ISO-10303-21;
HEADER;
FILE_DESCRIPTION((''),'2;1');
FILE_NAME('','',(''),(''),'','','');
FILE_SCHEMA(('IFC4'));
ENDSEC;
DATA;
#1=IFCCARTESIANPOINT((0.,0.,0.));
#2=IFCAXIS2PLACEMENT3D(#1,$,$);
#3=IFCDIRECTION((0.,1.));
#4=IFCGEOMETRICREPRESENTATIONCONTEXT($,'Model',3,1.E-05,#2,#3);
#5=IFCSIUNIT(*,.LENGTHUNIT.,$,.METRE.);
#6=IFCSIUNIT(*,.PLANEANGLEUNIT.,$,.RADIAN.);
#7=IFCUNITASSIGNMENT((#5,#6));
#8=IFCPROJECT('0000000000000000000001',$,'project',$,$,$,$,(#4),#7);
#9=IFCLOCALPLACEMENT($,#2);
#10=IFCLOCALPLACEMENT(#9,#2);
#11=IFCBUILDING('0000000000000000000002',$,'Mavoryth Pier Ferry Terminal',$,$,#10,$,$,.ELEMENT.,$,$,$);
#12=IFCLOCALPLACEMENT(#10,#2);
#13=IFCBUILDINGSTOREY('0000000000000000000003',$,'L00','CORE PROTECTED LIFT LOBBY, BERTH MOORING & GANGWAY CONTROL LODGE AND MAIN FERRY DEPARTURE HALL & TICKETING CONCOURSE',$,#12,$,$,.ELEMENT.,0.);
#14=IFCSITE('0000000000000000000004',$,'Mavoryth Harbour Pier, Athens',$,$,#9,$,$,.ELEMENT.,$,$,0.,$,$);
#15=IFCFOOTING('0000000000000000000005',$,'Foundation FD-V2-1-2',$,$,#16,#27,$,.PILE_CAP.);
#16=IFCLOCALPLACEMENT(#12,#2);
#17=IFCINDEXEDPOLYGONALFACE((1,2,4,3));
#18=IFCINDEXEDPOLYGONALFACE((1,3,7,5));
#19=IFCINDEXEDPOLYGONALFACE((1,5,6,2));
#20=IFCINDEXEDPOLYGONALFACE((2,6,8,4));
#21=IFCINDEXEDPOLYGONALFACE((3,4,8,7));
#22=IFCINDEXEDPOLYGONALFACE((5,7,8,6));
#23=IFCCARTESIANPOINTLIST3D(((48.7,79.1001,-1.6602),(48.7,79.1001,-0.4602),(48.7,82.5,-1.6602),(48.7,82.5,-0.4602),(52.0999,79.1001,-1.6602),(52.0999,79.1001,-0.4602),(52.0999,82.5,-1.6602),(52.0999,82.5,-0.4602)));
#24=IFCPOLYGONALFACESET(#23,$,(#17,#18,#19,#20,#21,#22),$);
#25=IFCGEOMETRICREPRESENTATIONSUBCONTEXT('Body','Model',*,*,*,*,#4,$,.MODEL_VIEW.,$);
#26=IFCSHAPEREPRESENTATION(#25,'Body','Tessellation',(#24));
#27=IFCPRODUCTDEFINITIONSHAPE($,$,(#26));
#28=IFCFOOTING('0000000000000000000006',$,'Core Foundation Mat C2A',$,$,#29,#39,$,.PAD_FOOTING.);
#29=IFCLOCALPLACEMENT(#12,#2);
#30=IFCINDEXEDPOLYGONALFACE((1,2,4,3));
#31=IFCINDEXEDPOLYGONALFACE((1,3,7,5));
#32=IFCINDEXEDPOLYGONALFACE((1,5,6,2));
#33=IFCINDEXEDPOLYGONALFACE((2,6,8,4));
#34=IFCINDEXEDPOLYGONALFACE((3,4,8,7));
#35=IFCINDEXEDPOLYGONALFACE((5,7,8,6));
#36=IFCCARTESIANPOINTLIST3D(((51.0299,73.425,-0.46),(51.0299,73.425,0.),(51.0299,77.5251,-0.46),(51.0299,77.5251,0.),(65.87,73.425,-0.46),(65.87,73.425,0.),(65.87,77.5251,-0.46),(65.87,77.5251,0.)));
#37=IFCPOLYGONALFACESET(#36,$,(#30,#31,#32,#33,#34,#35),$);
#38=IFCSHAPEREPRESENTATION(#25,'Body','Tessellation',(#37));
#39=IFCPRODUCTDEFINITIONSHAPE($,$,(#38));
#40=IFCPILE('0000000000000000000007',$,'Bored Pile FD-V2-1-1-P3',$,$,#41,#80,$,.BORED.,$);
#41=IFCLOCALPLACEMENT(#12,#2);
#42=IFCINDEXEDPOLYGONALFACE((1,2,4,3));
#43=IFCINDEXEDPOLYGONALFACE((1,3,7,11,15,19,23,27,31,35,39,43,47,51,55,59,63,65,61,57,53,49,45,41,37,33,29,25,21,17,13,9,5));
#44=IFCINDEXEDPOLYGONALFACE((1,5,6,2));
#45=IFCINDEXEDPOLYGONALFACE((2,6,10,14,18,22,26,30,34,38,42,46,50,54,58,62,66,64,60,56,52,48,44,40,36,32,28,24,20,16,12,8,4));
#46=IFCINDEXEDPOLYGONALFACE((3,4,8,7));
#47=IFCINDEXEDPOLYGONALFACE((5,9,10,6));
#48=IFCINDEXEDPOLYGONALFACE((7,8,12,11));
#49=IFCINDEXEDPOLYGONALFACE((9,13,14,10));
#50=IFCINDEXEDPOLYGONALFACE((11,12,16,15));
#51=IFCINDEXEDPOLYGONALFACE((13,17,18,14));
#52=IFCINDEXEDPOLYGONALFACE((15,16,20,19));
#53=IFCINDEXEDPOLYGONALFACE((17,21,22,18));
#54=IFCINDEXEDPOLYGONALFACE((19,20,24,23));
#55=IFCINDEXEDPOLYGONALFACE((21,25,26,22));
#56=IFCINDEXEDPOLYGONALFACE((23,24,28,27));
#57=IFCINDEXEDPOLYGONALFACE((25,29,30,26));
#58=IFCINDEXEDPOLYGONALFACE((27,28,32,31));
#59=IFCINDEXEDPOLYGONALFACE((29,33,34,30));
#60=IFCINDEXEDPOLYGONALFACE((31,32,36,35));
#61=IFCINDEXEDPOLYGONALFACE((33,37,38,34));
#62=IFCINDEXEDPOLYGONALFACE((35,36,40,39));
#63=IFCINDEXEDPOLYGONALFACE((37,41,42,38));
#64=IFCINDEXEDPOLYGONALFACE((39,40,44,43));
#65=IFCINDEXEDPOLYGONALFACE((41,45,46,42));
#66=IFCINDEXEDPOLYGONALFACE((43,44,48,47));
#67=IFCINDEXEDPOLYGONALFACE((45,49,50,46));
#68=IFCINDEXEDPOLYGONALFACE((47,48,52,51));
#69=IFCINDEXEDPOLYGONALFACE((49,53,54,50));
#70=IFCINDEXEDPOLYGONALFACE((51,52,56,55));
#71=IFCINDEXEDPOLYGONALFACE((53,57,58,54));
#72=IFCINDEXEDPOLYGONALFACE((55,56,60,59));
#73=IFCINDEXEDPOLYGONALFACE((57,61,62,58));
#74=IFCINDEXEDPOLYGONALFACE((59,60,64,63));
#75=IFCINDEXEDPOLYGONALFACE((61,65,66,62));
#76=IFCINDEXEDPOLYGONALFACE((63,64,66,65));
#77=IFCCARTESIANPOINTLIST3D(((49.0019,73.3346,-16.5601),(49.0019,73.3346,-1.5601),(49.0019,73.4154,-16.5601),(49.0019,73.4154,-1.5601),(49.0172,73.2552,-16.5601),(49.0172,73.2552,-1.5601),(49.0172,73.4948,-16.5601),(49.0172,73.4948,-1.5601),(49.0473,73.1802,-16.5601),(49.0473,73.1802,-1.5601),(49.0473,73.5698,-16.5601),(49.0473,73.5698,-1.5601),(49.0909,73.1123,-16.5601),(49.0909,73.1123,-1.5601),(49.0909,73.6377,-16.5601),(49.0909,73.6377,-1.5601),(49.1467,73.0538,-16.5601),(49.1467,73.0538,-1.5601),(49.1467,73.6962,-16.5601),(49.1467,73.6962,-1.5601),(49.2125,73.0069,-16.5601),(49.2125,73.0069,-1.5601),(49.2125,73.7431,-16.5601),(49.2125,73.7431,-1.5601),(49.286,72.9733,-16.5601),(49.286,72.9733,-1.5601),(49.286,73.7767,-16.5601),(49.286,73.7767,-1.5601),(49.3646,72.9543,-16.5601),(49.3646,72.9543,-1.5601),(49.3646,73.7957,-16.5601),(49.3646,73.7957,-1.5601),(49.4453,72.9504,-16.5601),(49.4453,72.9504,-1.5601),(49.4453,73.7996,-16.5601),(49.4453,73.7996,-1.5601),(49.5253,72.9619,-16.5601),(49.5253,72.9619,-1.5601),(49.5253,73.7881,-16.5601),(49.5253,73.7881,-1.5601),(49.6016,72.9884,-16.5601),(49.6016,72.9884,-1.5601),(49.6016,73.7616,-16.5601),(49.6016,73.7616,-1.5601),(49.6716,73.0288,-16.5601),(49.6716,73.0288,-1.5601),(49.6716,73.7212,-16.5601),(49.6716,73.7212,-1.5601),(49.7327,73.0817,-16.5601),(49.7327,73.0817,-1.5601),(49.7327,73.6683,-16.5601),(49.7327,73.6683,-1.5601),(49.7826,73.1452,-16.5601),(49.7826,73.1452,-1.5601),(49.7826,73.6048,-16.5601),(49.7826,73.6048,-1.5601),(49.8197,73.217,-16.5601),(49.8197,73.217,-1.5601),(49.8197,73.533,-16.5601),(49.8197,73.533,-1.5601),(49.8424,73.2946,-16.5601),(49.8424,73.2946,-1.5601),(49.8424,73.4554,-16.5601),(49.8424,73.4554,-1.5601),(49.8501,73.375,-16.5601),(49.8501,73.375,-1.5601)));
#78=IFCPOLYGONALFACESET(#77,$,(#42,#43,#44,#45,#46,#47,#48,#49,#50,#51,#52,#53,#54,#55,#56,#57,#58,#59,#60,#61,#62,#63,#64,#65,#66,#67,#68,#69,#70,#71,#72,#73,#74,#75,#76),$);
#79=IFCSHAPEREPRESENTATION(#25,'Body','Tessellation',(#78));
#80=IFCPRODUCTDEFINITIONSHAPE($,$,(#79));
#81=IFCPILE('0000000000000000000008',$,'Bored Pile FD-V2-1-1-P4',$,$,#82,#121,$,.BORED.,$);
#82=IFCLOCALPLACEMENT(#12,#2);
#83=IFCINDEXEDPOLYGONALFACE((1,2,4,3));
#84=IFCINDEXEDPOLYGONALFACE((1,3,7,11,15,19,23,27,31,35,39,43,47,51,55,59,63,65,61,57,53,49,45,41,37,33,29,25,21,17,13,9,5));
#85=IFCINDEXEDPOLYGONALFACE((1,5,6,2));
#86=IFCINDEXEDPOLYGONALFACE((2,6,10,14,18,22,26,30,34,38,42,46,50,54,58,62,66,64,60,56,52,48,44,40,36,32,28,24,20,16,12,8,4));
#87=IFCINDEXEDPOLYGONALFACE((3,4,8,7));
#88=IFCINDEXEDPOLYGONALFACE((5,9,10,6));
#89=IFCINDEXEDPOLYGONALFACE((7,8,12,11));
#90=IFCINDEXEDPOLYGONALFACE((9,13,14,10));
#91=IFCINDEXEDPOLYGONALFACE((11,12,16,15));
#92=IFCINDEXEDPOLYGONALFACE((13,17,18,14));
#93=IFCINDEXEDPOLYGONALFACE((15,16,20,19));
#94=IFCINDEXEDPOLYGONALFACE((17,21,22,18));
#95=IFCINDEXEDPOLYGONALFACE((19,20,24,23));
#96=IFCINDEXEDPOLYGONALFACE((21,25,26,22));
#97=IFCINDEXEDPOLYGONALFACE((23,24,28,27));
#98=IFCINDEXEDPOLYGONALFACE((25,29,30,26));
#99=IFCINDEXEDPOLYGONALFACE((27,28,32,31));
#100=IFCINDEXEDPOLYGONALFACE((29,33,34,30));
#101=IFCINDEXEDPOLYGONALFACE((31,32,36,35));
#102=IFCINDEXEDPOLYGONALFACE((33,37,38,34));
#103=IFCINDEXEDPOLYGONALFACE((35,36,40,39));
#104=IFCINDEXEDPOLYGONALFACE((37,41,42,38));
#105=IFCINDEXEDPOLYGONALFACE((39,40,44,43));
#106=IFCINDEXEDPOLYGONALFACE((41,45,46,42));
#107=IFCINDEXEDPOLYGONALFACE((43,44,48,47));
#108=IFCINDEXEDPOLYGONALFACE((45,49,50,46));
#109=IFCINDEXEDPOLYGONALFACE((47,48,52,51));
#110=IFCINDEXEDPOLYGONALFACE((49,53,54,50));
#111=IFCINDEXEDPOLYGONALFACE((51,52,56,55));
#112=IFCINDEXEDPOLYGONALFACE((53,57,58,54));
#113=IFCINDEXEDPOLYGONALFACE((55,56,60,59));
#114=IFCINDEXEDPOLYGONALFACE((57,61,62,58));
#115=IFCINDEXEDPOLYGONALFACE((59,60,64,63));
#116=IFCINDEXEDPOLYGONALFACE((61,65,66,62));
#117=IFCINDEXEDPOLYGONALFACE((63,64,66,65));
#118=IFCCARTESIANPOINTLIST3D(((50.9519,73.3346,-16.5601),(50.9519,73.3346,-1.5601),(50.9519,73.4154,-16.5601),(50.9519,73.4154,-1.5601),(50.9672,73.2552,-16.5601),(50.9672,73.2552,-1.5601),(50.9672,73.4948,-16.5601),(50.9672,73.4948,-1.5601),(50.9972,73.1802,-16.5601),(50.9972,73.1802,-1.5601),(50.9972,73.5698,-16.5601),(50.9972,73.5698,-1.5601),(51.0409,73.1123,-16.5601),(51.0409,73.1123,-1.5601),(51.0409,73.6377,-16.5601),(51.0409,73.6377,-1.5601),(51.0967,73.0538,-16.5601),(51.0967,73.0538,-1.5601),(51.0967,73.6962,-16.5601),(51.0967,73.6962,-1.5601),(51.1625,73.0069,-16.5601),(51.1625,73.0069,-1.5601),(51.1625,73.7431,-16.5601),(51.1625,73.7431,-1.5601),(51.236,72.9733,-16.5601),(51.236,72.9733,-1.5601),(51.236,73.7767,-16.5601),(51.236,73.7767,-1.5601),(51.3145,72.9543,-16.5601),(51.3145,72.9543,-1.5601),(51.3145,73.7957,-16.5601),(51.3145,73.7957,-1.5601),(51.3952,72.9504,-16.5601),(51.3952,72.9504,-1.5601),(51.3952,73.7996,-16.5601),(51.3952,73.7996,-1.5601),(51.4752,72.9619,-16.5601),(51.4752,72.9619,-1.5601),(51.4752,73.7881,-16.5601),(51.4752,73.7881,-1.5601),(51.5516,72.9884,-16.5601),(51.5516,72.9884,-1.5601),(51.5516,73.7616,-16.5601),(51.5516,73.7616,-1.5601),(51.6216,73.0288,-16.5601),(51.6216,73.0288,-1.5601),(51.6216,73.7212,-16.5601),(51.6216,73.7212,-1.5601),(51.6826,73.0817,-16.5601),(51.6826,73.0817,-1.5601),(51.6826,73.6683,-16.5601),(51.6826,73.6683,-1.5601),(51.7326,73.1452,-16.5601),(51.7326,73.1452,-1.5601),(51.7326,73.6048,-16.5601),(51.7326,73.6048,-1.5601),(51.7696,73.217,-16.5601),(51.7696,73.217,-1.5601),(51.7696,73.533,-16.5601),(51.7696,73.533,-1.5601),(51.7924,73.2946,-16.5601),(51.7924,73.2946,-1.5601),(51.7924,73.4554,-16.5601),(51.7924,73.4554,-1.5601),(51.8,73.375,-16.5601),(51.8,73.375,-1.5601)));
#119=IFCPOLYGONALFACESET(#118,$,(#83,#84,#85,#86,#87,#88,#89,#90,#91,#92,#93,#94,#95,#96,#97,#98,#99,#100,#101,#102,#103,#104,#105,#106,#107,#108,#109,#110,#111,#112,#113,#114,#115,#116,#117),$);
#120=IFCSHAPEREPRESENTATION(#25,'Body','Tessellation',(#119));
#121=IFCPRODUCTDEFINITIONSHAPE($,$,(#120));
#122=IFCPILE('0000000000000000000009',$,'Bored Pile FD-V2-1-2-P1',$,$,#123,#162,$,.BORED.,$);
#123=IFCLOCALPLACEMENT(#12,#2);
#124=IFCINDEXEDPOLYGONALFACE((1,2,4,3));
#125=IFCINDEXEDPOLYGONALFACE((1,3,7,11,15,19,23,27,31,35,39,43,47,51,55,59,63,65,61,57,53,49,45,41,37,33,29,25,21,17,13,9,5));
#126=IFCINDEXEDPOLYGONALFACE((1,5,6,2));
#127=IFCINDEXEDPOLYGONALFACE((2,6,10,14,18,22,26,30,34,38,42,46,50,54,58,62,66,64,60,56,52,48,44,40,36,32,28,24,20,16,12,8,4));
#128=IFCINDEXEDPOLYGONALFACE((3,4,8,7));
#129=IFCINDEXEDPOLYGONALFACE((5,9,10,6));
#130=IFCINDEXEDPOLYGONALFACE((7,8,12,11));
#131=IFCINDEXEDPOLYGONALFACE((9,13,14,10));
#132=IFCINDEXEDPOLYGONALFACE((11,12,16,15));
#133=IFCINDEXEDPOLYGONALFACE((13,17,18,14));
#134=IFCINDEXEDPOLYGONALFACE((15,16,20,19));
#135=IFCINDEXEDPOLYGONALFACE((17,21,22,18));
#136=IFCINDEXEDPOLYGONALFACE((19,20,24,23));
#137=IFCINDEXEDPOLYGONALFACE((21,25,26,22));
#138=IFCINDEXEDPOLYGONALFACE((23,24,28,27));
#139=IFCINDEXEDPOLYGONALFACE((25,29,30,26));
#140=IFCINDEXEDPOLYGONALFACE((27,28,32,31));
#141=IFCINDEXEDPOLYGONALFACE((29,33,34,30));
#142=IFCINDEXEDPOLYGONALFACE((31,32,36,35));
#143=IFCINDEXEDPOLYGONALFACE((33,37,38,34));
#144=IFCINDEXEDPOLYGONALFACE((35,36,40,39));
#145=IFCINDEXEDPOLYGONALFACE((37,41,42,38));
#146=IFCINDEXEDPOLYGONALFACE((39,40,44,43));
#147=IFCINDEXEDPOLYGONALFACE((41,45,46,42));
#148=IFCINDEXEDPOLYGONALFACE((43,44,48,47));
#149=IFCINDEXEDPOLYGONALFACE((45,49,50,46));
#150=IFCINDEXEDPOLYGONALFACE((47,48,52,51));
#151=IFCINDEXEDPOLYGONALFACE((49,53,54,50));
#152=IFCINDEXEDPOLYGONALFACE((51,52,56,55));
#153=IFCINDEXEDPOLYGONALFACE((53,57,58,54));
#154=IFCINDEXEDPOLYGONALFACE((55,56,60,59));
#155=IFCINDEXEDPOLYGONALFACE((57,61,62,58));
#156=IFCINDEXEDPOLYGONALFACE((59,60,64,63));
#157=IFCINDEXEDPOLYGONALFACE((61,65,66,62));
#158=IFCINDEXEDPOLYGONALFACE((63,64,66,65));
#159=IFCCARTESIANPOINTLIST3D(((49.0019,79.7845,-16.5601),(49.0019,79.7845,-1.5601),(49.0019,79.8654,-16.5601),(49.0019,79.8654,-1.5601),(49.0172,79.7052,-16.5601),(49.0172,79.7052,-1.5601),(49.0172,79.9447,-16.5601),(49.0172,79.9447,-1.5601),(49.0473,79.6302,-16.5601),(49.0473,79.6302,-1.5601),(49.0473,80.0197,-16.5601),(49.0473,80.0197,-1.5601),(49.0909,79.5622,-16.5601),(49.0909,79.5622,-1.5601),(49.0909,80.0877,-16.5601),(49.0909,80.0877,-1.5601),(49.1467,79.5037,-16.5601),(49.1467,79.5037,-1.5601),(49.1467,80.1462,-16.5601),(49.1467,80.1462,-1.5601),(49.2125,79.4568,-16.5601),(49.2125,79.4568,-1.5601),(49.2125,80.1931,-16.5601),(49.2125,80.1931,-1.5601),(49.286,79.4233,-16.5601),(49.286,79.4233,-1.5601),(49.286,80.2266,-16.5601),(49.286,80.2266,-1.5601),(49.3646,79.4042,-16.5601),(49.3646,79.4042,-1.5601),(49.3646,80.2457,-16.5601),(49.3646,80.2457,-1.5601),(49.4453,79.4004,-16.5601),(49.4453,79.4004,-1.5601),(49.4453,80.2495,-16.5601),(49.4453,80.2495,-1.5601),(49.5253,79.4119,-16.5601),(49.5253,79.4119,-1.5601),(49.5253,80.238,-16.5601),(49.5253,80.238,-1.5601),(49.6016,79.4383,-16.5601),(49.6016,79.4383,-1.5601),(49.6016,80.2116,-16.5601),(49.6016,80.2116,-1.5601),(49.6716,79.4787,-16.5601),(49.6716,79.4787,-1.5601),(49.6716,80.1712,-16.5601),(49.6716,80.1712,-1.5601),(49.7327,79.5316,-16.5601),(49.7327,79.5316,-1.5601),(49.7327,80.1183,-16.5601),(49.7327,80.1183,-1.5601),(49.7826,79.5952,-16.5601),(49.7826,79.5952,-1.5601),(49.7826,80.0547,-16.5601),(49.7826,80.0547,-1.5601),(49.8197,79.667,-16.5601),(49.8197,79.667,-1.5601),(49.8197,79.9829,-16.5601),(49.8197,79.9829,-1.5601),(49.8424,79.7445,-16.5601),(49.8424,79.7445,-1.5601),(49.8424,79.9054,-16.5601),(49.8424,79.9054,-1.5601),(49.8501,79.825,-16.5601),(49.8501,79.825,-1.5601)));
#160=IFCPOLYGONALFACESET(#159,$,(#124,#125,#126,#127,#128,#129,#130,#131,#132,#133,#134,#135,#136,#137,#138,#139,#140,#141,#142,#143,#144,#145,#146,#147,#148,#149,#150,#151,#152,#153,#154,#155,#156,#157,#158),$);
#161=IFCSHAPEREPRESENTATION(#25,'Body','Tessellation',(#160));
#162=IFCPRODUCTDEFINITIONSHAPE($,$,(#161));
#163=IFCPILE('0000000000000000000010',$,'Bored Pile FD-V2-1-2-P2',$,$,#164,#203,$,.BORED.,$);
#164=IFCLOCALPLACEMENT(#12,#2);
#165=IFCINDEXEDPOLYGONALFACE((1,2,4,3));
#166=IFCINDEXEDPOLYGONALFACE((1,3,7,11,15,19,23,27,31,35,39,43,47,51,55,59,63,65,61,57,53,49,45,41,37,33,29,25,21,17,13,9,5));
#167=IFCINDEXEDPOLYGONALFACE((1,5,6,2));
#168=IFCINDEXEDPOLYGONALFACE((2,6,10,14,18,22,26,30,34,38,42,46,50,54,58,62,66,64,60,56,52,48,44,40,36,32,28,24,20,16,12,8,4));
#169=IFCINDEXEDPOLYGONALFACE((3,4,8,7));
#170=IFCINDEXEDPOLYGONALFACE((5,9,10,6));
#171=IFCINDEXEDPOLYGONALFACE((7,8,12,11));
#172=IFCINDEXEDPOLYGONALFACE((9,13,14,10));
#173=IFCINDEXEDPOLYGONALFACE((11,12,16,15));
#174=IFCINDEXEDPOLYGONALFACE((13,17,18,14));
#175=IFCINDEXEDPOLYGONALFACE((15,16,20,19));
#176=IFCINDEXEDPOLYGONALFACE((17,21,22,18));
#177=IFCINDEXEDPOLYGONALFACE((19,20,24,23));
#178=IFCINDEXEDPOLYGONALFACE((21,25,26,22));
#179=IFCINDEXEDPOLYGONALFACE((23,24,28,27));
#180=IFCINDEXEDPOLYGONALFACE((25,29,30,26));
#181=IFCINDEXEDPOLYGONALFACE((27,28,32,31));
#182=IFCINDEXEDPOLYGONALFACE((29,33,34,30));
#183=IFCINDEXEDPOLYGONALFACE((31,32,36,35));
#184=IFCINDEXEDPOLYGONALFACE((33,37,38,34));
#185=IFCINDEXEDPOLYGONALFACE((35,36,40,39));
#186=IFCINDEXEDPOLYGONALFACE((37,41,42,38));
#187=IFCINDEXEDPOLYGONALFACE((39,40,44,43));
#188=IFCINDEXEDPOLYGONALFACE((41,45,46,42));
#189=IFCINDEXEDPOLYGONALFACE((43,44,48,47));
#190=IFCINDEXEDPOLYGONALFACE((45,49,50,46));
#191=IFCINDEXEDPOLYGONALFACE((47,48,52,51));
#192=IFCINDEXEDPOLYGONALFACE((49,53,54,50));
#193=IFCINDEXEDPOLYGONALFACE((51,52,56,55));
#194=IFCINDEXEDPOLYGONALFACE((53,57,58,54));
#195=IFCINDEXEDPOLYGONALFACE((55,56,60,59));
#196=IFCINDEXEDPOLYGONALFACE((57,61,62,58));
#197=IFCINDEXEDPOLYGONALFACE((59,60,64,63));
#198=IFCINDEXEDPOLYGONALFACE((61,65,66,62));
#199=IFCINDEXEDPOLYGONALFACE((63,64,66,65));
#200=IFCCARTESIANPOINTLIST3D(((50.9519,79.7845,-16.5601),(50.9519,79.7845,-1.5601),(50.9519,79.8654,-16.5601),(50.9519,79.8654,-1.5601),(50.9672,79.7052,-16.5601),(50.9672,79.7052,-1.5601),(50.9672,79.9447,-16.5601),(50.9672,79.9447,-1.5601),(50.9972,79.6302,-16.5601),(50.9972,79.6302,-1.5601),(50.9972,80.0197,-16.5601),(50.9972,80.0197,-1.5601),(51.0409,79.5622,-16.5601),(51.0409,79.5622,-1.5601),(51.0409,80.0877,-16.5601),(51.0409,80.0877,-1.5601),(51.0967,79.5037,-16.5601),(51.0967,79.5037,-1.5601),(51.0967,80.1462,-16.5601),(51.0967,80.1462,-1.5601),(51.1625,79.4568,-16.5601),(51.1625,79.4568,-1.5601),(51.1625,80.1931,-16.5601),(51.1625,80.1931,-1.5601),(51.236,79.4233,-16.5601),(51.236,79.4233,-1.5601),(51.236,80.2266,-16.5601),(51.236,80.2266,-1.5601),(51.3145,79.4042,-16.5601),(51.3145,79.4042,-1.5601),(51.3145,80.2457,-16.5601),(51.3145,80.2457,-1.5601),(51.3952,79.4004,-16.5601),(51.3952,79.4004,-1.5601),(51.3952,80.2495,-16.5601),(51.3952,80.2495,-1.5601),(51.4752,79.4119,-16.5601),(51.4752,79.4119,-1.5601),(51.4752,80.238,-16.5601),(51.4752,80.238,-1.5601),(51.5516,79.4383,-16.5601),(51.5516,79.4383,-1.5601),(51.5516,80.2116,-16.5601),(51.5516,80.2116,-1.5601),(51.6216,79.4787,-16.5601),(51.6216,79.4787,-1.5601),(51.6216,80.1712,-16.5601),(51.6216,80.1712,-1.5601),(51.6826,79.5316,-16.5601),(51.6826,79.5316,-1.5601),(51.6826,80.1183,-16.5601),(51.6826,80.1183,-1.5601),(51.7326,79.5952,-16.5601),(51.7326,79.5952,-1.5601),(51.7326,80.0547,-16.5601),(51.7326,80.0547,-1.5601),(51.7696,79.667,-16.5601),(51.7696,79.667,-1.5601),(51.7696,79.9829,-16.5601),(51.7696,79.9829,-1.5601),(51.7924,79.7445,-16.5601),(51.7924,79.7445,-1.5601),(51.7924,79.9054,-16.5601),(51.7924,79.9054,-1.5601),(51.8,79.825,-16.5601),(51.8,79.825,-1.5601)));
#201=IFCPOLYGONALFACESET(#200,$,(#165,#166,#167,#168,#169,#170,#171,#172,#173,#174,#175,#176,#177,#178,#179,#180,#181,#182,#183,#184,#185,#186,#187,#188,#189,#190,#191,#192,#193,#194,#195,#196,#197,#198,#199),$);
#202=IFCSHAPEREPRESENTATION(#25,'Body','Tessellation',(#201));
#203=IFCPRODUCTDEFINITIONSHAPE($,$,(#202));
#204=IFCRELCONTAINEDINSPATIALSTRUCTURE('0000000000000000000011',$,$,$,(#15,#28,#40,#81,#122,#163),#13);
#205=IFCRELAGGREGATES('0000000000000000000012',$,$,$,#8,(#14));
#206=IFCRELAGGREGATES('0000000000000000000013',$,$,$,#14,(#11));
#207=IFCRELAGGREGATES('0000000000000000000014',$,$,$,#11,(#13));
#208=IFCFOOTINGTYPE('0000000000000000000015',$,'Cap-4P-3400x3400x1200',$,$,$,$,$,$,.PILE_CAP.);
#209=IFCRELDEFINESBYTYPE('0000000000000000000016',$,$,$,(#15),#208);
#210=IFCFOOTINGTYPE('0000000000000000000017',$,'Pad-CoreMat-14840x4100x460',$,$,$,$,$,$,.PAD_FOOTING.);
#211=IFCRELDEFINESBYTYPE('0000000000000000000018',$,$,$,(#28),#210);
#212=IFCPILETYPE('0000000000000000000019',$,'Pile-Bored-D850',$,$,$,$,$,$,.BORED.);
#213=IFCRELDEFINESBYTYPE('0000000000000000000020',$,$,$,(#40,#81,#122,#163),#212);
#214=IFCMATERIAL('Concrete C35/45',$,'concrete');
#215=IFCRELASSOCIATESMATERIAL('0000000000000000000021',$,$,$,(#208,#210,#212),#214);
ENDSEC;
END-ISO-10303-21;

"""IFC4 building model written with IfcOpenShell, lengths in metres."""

from ifc_helpers import new_model, si_unit, direction, frame, origin, origin_2d, place, context, subcontext, project, spatial, rectangle, circle, extrude, material, material_profile, profile_set, type_object, element, save


model = new_model("IFC4")

# Units and contexts
model_context = context("Model", 3, precision=1e-05, world=origin(), true_north=direction((0.0, 1.0)))
body_context = subcontext(model_context, "Body", "Model", "MODEL_VIEW")
ifc_project = project(units=[si_unit("LENGTHUNIT", "METRE"), si_unit("PLANEANGLEUNIT", "RADIAN")], contexts=[model_context])

# Site, building, storey
site_placement = place(None, origin())
site = spatial("IfcSite", under=ifc_project, at=site_placement, Name="Mavoryth Harbour Pier, Athens", CompositionType="ELEMENT", RefElevation=0.0)
building_placement = place(site_placement, origin())
building = spatial("IfcBuilding", under=site, at=building_placement, Name="Mavoryth Pier Ferry Terminal", CompositionType="ELEMENT")
storey_placement = place(building_placement, origin())
storey = spatial("IfcBuildingStorey", under=building, at=storey_placement, Name="L00", Description="CORE PROTECTED LIFT LOBBY, BERTH MOORING & GANGWAY CONTROL LODGE AND MAIN FERRY DEPARTURE HALL & TICKETING CONCOURSE", CompositionType="ELEMENT", Elevation=0.0)

# Footings
ifc_material_1 = material(Name="Concrete C35/45", Category="concrete")
footing_type_1 = type_object("IfcFootingType", Name="Cap-4P-3400x3400x1200", PredefinedType="PILE_CAP", material=ifc_material_1)
footing_1_placement = place(storey_placement, frame((50.3999, 80.8, -1.6602), z_axis=(0.0, 0.0, 1.0), x_axis=(1.0, 0.0, 0.0)))
element("IfcFooting", 1, at=footing_1_placement, inside=storey, type_object=footing_type_1, Name="Foundation FD-V2-1-2", PredefinedType="PILE_CAP", context=body_context, shape_type="SweptSolid", body=[
    extrude(rectangle(XDim=3.3999, YDim=3.3999, at=origin_2d()), origin(), (0.0, 0.0, 1.0), 1.2),
])
footing_type_2 = type_object("IfcFootingType", Name="Pad-CoreMat-14840x4100x460", PredefinedType="PAD_FOOTING", material=ifc_material_1)
footing_2_placement = place(storey_placement, frame((58.45, 75.4751, -0.46), z_axis=(0.0, 0.0, 1.0), x_axis=(1.0, 0.0, 0.0)))
element("IfcFooting", 2, at=footing_2_placement, inside=storey, type_object=footing_type_2, Name="Core Foundation Mat C2A", PredefinedType="PAD_FOOTING", context=body_context, shape_type="SweptSolid", body=[
    extrude(rectangle(XDim=14.8401, YDim=4.1001, at=origin_2d()), origin(), (0.0, 0.0, 1.0), 0.46),
])

# Piles
ifc_material_profile_1 = material_profile(ifc_material_1, circle(Radius=0.425, at=origin_2d()), Name="PILE D850", Category="concrete")
ifc_profile_set_1 = profile_set([ifc_material_profile_1], Name="Concrete C35/45 - PILE D850")
pile_type = type_object("IfcPileType", Name="Pile-Bored-D850", PredefinedType="BORED", material=ifc_profile_set_1)
for number, where, z_axis, x_axis, name in (
    (3, (49.425, 73.375, -1.5601), (0.0, 0.0, -1.0), (1.0, 0.0, 0.0), "Bored Pile FD-V2-1-1-P3"),
    (4, (51.375, 73.375, -1.5601), (0.0, 0.0, -1.0), (1.0, 0.0, 0.0), "Bored Pile FD-V2-1-1-P4"),
    (5, (49.425, 79.825, -1.5601), (0.0, 0.0, -1.0), (1.0, 0.0, 0.0), "Bored Pile FD-V2-1-2-P1"),
    (6, (51.375, 79.825, -1.5601), (0.0, 0.0, -1.0), (1.0, 0.0, 0.0), "Bored Pile FD-V2-1-2-P2"),
):
    element("IfcPile", number, at=place(storey_placement, frame(where, z_axis=z_axis, x_axis=x_axis)), inside=storey, type_object=pile_type, Name=name, PredefinedType="BORED", context=body_context, shape_type="SweptSolid", body=[
        extrude(circle(Radius=0.425, at=origin_2d()), origin(), (0.0, 0.0, 1.0), 15.0),
    ])

save(model, "model.ifc")
